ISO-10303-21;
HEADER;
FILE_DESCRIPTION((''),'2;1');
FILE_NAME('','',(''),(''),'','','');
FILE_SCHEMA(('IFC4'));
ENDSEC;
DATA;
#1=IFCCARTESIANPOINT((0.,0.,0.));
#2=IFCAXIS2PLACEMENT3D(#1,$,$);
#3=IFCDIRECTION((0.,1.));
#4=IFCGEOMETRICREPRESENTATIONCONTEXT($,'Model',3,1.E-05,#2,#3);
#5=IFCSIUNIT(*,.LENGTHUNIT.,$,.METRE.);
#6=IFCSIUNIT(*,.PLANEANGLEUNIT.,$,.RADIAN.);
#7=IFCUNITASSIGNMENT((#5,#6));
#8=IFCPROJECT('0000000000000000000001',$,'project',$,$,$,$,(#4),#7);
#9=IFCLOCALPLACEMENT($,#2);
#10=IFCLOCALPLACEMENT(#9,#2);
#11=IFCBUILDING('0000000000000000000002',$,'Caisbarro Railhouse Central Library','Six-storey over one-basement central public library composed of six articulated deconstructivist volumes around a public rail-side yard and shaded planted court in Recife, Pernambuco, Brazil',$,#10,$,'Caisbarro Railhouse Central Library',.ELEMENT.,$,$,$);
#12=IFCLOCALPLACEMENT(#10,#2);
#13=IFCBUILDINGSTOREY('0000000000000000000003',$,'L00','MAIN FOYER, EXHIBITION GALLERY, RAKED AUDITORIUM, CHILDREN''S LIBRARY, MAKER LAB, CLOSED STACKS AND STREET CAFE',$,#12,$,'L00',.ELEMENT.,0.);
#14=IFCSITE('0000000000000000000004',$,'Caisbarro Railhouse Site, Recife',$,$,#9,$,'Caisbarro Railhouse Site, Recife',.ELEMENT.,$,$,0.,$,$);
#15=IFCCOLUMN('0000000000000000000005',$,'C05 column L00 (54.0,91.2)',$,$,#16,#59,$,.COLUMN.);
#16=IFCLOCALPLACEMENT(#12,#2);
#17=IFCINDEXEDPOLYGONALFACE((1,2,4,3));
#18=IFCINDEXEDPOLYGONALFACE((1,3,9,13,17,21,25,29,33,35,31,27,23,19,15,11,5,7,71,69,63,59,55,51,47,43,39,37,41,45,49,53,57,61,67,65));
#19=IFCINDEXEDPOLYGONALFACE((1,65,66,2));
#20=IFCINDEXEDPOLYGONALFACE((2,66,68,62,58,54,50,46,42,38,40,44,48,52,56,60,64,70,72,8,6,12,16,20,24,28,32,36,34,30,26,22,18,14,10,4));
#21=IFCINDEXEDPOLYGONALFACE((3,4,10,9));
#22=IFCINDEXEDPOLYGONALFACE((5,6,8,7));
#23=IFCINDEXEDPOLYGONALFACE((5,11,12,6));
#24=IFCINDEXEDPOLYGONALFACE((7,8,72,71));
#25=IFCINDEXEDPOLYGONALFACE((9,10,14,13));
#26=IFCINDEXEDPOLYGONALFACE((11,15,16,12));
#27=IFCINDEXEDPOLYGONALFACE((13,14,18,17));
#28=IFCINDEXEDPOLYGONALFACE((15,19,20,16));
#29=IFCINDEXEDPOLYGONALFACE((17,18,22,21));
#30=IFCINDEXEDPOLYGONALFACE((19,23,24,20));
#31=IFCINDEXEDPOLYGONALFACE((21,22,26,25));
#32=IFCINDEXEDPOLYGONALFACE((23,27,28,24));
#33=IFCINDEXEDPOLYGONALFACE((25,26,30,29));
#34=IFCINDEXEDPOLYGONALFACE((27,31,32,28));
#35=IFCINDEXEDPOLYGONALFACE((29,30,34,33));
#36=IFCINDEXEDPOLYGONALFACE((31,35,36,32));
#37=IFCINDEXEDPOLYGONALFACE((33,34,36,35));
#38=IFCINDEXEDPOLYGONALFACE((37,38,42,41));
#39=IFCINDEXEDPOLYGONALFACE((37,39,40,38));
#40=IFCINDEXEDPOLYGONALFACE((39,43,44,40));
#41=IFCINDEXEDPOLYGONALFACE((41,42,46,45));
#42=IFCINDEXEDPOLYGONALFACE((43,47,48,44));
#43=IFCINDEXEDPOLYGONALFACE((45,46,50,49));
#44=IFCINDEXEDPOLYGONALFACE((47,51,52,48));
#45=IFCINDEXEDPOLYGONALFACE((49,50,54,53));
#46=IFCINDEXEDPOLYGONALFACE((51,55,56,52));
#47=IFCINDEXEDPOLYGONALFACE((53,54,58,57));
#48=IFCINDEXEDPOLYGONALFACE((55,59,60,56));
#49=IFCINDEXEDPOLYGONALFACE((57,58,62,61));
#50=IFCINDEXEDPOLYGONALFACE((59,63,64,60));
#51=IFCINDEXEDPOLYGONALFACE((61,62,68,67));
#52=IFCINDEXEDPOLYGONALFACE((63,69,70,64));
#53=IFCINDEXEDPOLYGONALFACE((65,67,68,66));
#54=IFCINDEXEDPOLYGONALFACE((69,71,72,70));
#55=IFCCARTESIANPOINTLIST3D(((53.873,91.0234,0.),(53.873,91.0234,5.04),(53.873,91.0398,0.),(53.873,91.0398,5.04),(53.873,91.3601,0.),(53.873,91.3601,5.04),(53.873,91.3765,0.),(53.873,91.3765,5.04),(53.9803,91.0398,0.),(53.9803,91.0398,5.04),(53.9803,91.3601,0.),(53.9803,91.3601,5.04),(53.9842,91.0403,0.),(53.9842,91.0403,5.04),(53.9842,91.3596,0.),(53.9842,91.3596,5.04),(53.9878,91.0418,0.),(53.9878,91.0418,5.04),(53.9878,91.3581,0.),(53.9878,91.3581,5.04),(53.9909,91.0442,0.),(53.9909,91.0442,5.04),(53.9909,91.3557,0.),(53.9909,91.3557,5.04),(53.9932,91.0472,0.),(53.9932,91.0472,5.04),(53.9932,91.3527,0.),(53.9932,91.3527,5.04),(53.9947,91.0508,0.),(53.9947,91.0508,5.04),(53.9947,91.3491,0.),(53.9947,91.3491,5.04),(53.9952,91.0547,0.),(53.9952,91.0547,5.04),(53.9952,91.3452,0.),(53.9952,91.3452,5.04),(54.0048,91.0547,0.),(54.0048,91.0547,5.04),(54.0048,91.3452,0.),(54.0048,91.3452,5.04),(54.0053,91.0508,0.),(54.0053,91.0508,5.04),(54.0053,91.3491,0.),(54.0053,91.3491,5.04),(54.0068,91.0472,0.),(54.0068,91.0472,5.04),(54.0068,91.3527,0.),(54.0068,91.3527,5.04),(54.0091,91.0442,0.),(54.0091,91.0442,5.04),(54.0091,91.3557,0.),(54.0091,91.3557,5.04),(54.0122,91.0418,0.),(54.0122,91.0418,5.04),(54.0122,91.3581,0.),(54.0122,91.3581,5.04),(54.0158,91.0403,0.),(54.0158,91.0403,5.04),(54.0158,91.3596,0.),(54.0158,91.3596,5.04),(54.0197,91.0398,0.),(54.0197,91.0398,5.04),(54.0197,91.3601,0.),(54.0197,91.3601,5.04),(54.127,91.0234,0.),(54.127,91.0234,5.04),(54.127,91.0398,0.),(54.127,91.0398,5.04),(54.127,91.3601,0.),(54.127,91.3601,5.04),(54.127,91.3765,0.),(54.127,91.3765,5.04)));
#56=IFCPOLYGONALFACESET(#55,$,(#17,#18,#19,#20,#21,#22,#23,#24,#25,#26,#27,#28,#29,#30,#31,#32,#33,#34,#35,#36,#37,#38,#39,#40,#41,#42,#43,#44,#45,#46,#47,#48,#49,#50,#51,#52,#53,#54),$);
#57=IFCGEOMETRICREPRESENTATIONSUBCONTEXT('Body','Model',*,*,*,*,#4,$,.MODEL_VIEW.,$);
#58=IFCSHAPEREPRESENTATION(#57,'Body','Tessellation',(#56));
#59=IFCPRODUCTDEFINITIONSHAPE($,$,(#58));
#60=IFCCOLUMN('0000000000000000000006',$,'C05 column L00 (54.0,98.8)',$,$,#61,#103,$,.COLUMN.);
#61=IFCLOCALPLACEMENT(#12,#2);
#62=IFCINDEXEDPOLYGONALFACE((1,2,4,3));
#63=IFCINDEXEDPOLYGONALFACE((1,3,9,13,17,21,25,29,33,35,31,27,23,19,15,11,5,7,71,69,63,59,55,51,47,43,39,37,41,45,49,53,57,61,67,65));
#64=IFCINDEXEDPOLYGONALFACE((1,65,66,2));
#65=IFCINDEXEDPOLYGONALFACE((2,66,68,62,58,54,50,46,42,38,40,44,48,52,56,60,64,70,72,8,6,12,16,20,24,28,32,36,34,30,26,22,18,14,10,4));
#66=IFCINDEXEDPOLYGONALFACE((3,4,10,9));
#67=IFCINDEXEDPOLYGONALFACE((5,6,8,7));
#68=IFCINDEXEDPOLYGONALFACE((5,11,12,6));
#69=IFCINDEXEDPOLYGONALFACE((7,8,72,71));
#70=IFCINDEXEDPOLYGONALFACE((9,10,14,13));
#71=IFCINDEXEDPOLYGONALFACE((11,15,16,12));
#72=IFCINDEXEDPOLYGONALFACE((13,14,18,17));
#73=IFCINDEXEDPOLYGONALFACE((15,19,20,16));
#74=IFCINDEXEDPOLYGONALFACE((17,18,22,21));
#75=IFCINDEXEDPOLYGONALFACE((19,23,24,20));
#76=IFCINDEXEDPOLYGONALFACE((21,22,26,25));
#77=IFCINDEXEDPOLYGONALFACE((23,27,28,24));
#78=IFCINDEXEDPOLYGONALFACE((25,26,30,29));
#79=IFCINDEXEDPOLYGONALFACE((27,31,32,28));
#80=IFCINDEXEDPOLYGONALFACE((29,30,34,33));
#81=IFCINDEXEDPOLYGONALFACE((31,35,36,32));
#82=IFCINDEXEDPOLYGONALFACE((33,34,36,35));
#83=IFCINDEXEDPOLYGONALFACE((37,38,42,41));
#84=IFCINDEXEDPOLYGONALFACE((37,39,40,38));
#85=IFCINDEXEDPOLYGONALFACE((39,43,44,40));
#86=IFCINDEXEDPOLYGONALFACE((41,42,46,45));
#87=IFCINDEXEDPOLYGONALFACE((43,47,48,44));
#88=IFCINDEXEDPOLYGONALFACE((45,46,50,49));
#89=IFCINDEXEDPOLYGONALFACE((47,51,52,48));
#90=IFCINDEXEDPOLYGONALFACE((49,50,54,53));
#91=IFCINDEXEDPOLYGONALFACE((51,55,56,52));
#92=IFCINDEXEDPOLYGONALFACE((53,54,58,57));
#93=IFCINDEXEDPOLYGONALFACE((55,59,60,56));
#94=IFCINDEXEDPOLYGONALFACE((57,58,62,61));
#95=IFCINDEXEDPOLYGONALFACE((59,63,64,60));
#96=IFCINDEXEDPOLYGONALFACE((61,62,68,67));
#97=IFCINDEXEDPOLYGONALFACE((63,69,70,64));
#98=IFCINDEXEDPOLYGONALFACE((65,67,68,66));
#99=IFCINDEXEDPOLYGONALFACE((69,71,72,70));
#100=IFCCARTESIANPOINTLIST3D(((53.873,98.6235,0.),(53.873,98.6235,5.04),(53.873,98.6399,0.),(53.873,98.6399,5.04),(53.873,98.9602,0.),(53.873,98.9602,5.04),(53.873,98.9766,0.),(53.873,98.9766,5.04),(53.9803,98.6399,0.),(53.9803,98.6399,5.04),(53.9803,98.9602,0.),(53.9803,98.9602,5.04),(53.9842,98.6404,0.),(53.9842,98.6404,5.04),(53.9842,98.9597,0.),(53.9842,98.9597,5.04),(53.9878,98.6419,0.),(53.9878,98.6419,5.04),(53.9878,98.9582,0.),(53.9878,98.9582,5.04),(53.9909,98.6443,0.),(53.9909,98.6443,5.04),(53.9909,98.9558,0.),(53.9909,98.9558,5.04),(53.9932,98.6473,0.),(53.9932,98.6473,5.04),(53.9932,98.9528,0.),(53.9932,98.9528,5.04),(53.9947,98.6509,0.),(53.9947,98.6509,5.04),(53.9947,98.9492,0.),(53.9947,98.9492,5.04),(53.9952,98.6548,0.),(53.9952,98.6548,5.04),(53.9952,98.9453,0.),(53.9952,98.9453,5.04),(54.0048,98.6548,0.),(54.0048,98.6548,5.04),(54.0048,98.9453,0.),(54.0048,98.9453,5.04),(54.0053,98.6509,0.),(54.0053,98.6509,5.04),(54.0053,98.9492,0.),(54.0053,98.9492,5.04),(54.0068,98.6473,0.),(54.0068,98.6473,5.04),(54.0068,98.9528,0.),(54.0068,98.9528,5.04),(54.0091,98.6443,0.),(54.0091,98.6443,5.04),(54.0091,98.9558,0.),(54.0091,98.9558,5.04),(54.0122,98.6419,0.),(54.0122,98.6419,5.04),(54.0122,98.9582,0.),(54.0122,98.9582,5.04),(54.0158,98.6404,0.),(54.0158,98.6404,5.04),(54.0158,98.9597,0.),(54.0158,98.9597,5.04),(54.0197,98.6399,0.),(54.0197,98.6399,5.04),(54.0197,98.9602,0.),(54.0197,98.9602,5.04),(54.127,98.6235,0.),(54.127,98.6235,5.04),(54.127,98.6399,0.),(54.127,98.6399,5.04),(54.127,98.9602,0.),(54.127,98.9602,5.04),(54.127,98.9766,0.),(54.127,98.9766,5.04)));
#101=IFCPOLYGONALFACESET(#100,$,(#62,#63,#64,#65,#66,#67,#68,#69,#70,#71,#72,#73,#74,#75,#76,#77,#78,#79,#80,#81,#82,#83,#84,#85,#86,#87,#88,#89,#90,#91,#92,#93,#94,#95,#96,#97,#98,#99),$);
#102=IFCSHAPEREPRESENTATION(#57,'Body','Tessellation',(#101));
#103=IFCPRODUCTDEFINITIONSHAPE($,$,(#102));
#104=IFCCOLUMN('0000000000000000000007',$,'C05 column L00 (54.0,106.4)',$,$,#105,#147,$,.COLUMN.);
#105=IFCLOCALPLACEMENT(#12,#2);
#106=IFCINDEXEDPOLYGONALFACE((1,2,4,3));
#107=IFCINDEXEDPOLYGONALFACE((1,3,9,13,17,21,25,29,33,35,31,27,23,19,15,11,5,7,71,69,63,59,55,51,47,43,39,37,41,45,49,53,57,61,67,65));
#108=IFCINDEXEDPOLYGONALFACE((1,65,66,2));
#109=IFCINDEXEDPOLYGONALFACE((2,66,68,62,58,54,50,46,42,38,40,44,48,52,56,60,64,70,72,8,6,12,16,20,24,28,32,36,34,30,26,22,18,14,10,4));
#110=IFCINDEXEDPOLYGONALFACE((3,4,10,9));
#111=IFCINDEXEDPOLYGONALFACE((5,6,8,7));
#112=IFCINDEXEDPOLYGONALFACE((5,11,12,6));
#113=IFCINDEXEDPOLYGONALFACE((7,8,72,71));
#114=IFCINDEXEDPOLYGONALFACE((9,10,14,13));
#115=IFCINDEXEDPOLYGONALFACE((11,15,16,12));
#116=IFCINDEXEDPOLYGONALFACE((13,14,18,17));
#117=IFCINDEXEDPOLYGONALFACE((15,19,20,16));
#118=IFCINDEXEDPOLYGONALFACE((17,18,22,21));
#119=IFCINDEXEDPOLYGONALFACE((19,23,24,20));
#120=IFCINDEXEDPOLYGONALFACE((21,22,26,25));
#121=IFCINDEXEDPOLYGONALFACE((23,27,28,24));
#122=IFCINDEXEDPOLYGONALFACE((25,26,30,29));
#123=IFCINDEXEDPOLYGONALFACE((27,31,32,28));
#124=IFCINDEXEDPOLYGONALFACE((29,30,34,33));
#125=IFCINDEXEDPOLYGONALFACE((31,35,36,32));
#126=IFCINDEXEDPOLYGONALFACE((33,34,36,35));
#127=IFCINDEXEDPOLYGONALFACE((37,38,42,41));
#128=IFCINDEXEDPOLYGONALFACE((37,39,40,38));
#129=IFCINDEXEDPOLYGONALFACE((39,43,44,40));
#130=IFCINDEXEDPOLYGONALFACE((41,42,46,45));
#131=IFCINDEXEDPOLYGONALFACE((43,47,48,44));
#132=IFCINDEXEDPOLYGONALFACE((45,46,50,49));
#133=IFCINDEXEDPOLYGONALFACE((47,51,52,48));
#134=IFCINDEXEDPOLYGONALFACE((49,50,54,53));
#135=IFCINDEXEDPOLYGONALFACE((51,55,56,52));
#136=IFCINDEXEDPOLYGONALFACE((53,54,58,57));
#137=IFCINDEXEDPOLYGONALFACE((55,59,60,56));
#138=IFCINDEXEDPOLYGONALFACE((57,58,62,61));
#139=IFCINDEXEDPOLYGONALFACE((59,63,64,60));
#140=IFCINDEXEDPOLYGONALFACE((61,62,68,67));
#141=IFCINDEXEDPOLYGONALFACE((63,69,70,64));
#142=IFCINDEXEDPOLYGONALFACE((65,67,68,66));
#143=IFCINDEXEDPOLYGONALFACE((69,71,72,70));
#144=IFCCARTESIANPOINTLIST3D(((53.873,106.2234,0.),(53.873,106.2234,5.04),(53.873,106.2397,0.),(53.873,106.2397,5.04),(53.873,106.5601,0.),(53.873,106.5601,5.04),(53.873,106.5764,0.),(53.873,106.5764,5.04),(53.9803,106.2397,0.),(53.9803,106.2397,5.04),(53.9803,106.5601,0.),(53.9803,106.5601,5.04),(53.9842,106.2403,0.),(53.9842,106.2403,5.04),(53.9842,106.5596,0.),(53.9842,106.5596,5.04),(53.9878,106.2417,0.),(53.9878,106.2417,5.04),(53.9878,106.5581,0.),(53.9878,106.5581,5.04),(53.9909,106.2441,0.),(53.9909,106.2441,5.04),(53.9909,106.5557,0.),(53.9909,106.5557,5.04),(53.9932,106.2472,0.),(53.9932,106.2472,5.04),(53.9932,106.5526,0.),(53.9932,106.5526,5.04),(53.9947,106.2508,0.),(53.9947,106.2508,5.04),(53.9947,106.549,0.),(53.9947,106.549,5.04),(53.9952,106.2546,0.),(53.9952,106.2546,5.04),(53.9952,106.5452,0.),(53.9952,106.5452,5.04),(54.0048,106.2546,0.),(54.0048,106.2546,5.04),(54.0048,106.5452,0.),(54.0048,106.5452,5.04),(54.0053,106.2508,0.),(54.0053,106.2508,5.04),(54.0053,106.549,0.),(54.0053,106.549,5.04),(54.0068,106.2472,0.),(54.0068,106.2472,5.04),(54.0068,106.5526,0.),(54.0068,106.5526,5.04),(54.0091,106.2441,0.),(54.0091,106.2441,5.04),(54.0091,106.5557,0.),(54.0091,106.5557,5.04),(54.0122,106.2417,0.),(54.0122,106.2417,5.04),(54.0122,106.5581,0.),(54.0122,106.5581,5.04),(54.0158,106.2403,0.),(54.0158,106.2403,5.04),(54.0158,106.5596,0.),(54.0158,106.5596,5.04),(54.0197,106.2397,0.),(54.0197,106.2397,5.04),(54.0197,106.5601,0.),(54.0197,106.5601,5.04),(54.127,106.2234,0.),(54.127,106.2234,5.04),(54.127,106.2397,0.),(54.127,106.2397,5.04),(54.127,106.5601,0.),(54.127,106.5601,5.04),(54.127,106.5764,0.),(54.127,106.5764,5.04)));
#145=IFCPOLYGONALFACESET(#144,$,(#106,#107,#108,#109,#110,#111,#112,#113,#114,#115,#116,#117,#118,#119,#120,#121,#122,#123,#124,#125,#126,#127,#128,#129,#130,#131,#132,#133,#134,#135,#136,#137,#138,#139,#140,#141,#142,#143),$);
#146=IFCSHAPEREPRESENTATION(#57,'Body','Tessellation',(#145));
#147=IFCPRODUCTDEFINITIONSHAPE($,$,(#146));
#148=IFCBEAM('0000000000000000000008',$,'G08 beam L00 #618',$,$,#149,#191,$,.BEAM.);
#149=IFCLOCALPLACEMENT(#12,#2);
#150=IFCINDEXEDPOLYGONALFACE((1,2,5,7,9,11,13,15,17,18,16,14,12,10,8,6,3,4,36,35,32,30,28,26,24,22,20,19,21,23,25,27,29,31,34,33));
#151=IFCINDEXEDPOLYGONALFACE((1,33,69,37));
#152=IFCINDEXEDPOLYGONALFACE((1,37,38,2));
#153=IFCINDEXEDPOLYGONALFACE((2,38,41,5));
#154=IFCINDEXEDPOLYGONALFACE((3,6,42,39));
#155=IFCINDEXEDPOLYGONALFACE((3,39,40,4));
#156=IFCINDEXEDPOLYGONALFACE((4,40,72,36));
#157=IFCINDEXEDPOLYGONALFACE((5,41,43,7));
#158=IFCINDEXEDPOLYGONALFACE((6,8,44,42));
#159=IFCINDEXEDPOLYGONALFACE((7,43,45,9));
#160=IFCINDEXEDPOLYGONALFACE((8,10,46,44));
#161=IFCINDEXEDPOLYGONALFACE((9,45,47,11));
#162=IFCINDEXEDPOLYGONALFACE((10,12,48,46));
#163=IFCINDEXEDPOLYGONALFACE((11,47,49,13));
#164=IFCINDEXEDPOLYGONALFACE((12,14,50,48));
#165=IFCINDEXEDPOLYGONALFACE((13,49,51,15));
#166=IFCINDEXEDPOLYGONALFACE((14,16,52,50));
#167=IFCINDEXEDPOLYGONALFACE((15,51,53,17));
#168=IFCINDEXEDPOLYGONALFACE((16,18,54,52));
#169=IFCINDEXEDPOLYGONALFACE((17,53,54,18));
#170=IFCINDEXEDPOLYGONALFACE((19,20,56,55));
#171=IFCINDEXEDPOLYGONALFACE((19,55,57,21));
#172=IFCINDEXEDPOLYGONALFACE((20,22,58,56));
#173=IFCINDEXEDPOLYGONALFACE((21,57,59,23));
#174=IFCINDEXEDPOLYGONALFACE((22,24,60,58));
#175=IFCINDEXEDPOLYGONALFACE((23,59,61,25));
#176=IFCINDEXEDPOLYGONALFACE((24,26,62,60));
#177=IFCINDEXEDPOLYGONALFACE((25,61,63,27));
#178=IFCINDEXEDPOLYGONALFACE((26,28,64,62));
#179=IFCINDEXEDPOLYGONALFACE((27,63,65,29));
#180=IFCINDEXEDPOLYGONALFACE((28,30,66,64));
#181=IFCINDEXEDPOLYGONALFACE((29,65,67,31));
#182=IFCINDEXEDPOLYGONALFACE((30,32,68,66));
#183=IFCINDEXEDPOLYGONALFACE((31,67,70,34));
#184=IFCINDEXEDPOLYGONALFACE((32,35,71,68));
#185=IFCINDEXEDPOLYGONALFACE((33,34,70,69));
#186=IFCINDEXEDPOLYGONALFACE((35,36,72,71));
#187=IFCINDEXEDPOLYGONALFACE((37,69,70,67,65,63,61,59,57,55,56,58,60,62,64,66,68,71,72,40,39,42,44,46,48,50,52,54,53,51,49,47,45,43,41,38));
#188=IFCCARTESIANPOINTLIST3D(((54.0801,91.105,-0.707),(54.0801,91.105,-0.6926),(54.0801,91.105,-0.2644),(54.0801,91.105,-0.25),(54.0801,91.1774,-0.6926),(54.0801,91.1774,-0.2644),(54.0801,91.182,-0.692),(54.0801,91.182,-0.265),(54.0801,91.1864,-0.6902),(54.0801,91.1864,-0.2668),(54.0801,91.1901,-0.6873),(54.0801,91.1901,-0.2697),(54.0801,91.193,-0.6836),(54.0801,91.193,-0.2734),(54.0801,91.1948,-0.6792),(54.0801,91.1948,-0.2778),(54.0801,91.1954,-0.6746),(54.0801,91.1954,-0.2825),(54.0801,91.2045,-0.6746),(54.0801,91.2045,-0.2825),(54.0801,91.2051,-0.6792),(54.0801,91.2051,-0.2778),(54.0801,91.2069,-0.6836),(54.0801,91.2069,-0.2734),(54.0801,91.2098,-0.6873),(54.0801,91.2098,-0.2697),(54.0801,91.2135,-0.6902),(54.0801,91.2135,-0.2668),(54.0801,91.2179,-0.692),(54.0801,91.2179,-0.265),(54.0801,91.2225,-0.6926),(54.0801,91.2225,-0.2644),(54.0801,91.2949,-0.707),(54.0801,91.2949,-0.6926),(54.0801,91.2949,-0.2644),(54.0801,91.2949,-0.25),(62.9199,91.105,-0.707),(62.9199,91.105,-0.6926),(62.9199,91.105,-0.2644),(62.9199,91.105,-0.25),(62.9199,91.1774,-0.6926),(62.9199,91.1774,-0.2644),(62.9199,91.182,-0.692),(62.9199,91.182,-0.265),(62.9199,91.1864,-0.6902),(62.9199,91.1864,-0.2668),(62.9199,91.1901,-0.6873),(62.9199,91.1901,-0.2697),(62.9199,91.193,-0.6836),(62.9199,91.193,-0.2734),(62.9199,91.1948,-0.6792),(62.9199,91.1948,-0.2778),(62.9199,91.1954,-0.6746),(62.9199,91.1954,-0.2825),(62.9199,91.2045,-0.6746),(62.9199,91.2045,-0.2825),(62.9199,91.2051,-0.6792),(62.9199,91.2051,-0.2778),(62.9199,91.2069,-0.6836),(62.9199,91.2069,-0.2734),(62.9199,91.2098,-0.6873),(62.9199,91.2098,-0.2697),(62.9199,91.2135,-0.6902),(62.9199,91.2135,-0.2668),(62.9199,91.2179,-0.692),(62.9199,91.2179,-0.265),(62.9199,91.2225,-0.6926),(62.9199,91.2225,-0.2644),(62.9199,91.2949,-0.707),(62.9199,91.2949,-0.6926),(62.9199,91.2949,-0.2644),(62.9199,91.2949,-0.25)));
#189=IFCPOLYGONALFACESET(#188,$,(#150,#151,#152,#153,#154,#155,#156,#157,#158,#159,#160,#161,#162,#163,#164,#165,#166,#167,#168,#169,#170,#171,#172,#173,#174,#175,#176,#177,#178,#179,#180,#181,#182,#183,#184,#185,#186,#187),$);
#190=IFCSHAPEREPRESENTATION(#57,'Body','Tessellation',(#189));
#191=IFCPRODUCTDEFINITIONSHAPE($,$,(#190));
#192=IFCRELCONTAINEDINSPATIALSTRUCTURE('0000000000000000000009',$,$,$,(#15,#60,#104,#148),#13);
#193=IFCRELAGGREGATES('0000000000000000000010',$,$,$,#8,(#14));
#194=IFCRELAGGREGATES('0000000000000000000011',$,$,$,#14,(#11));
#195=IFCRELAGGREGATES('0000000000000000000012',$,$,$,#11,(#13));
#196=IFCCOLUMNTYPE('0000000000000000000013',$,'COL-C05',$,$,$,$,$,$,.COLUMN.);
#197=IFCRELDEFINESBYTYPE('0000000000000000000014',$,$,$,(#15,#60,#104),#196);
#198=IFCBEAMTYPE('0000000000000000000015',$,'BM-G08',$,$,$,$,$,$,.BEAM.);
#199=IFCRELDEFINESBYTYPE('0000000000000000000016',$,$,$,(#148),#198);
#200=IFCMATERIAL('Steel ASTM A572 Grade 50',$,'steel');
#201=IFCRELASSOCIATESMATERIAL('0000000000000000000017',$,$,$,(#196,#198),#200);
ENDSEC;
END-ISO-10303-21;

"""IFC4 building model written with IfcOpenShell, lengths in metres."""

from ifc_helpers import new_model, si_unit, direction, frame, origin, origin_2d, place, context, subcontext, project, spatial, i_section, extrude, material, material_profile, profile_set, type_object, element, save


model = new_model("IFC4")

# Units and contexts
model_context = context("Model", 3, precision=1e-05, world=origin(), true_north=direction((0.0, 1.0)))
body_context = subcontext(model_context, "Body", "Model", "MODEL_VIEW")
ifc_project = project(units=[si_unit("LENGTHUNIT", "METRE"), si_unit("PLANEANGLEUNIT", "RADIAN")], contexts=[model_context])

# Site, building, storey
site_placement = place(None, origin())
site = spatial("IfcSite", under=ifc_project, at=site_placement, Name="Caisbarro Railhouse Site, Recife", LongName="Caisbarro Railhouse Site, Recife", CompositionType="ELEMENT", RefElevation=0.0)
building_placement = place(site_placement, origin())
building = spatial("IfcBuilding", under=site, at=building_placement, Name="Caisbarro Railhouse Central Library", Description="Six-storey over one-basement central public library composed of six articulated deconstructivist volumes around a public rail-side yard and shaded planted court in Recife, Pernambuco, Brazil", LongName="Caisbarro Railhouse Central Library", CompositionType="ELEMENT")
storey_placement = place(building_placement, origin())
storey = spatial("IfcBuildingStorey", under=building, at=storey_placement, Name="L00", Description="MAIN FOYER, EXHIBITION GALLERY, RAKED AUDITORIUM, CHILDREN'S LIBRARY, MAKER LAB, CLOSED STACKS AND STREET CAFE", LongName="L00", CompositionType="ELEMENT", Elevation=0.0)

# Columns
ifc_material_1 = material(Name="Steel ASTM A572 Grade 50", Category="steel")
ifc_material_profile_1 = material_profile(ifc_material_1, i_section(OverallWidth=0.2539, OverallDepth=0.353, WebThickness=0.0095, FlangeThickness=0.0164, FilletRadius=0.0149, at=origin_2d()), Name="W360X91.0")
ifc_profile_set_1 = profile_set([ifc_material_profile_1], Name="Steel ASTM A572 Grade 50")
column_type = type_object("IfcColumnType", Name="COL-C05", PredefinedType="COLUMN", material=ifc_profile_set_1)
for number, where, z_axis, x_axis, name in (
    (1, (54.0, 91.2, 0.0), (0.0, 0.0, 1.0), (1.0, 0.0, 0.0), "C05 column L00 (54.0,91.2)"),
    (2, (54.0, 98.8, 0.0), (0.0, 0.0, 1.0), (1.0, 0.0, 0.0), "C05 column L00 (54.0,98.8)"),
    (3, (54.0, 106.3999, 0.0), (0.0, 0.0, 1.0), (1.0, 0.0, 0.0), "C05 column L00 (54.0,106.4)"),
):
    element("IfcColumn", number, at=place(storey_placement, frame(where, z_axis=z_axis, x_axis=x_axis)), inside=storey, type_object=column_type, Name=name, PredefinedType="COLUMN", context=body_context, shape_type="SweptSolid", body=[
        extrude(i_section(OverallWidth=0.2539, OverallDepth=0.353, WebThickness=0.0095, FlangeThickness=0.0164, FilletRadius=0.0149, at=origin_2d()), origin(), (0.0, 0.0, 1.0), 5.04),
    ])

# Beam
ifc_material_profile_2 = material_profile(ifc_material_1, i_section(OverallWidth=0.1899, OverallDepth=0.457, WebThickness=0.009, FlangeThickness=0.0144, FilletRadius=0.0181, at=origin_2d()), Name="W460X74.0")
ifc_profile_set_2 = profile_set([ifc_material_profile_2], Name="Steel ASTM A572 Grade 50")
beam_type_1 = type_object("IfcBeamType", Name="BM-G08", PredefinedType="BEAM", material=ifc_profile_set_2)
for number, where, z_axis, x_axis, name in (
    (4, (54.0801, 91.2, -0.4785), (1.0, 0.0, 0.0), (0.0, 1.0, 0.0), "G08 beam L00 #618"),
):
    element("IfcBeam", number, at=place(storey_placement, frame(where, z_axis=z_axis, x_axis=x_axis)), inside=storey, type_object=beam_type_1, Name=name, PredefinedType="BEAM", context=body_context, shape_type="SweptSolid", body=[
        extrude(i_section(OverallWidth=0.1899, OverallDepth=0.457, WebThickness=0.009, FlangeThickness=0.0144, FilletRadius=0.0181, at=origin_2d()), origin(), (0.0, 0.0, 1.0), 8.8398),
    ])

save(model, "model.ifc")
